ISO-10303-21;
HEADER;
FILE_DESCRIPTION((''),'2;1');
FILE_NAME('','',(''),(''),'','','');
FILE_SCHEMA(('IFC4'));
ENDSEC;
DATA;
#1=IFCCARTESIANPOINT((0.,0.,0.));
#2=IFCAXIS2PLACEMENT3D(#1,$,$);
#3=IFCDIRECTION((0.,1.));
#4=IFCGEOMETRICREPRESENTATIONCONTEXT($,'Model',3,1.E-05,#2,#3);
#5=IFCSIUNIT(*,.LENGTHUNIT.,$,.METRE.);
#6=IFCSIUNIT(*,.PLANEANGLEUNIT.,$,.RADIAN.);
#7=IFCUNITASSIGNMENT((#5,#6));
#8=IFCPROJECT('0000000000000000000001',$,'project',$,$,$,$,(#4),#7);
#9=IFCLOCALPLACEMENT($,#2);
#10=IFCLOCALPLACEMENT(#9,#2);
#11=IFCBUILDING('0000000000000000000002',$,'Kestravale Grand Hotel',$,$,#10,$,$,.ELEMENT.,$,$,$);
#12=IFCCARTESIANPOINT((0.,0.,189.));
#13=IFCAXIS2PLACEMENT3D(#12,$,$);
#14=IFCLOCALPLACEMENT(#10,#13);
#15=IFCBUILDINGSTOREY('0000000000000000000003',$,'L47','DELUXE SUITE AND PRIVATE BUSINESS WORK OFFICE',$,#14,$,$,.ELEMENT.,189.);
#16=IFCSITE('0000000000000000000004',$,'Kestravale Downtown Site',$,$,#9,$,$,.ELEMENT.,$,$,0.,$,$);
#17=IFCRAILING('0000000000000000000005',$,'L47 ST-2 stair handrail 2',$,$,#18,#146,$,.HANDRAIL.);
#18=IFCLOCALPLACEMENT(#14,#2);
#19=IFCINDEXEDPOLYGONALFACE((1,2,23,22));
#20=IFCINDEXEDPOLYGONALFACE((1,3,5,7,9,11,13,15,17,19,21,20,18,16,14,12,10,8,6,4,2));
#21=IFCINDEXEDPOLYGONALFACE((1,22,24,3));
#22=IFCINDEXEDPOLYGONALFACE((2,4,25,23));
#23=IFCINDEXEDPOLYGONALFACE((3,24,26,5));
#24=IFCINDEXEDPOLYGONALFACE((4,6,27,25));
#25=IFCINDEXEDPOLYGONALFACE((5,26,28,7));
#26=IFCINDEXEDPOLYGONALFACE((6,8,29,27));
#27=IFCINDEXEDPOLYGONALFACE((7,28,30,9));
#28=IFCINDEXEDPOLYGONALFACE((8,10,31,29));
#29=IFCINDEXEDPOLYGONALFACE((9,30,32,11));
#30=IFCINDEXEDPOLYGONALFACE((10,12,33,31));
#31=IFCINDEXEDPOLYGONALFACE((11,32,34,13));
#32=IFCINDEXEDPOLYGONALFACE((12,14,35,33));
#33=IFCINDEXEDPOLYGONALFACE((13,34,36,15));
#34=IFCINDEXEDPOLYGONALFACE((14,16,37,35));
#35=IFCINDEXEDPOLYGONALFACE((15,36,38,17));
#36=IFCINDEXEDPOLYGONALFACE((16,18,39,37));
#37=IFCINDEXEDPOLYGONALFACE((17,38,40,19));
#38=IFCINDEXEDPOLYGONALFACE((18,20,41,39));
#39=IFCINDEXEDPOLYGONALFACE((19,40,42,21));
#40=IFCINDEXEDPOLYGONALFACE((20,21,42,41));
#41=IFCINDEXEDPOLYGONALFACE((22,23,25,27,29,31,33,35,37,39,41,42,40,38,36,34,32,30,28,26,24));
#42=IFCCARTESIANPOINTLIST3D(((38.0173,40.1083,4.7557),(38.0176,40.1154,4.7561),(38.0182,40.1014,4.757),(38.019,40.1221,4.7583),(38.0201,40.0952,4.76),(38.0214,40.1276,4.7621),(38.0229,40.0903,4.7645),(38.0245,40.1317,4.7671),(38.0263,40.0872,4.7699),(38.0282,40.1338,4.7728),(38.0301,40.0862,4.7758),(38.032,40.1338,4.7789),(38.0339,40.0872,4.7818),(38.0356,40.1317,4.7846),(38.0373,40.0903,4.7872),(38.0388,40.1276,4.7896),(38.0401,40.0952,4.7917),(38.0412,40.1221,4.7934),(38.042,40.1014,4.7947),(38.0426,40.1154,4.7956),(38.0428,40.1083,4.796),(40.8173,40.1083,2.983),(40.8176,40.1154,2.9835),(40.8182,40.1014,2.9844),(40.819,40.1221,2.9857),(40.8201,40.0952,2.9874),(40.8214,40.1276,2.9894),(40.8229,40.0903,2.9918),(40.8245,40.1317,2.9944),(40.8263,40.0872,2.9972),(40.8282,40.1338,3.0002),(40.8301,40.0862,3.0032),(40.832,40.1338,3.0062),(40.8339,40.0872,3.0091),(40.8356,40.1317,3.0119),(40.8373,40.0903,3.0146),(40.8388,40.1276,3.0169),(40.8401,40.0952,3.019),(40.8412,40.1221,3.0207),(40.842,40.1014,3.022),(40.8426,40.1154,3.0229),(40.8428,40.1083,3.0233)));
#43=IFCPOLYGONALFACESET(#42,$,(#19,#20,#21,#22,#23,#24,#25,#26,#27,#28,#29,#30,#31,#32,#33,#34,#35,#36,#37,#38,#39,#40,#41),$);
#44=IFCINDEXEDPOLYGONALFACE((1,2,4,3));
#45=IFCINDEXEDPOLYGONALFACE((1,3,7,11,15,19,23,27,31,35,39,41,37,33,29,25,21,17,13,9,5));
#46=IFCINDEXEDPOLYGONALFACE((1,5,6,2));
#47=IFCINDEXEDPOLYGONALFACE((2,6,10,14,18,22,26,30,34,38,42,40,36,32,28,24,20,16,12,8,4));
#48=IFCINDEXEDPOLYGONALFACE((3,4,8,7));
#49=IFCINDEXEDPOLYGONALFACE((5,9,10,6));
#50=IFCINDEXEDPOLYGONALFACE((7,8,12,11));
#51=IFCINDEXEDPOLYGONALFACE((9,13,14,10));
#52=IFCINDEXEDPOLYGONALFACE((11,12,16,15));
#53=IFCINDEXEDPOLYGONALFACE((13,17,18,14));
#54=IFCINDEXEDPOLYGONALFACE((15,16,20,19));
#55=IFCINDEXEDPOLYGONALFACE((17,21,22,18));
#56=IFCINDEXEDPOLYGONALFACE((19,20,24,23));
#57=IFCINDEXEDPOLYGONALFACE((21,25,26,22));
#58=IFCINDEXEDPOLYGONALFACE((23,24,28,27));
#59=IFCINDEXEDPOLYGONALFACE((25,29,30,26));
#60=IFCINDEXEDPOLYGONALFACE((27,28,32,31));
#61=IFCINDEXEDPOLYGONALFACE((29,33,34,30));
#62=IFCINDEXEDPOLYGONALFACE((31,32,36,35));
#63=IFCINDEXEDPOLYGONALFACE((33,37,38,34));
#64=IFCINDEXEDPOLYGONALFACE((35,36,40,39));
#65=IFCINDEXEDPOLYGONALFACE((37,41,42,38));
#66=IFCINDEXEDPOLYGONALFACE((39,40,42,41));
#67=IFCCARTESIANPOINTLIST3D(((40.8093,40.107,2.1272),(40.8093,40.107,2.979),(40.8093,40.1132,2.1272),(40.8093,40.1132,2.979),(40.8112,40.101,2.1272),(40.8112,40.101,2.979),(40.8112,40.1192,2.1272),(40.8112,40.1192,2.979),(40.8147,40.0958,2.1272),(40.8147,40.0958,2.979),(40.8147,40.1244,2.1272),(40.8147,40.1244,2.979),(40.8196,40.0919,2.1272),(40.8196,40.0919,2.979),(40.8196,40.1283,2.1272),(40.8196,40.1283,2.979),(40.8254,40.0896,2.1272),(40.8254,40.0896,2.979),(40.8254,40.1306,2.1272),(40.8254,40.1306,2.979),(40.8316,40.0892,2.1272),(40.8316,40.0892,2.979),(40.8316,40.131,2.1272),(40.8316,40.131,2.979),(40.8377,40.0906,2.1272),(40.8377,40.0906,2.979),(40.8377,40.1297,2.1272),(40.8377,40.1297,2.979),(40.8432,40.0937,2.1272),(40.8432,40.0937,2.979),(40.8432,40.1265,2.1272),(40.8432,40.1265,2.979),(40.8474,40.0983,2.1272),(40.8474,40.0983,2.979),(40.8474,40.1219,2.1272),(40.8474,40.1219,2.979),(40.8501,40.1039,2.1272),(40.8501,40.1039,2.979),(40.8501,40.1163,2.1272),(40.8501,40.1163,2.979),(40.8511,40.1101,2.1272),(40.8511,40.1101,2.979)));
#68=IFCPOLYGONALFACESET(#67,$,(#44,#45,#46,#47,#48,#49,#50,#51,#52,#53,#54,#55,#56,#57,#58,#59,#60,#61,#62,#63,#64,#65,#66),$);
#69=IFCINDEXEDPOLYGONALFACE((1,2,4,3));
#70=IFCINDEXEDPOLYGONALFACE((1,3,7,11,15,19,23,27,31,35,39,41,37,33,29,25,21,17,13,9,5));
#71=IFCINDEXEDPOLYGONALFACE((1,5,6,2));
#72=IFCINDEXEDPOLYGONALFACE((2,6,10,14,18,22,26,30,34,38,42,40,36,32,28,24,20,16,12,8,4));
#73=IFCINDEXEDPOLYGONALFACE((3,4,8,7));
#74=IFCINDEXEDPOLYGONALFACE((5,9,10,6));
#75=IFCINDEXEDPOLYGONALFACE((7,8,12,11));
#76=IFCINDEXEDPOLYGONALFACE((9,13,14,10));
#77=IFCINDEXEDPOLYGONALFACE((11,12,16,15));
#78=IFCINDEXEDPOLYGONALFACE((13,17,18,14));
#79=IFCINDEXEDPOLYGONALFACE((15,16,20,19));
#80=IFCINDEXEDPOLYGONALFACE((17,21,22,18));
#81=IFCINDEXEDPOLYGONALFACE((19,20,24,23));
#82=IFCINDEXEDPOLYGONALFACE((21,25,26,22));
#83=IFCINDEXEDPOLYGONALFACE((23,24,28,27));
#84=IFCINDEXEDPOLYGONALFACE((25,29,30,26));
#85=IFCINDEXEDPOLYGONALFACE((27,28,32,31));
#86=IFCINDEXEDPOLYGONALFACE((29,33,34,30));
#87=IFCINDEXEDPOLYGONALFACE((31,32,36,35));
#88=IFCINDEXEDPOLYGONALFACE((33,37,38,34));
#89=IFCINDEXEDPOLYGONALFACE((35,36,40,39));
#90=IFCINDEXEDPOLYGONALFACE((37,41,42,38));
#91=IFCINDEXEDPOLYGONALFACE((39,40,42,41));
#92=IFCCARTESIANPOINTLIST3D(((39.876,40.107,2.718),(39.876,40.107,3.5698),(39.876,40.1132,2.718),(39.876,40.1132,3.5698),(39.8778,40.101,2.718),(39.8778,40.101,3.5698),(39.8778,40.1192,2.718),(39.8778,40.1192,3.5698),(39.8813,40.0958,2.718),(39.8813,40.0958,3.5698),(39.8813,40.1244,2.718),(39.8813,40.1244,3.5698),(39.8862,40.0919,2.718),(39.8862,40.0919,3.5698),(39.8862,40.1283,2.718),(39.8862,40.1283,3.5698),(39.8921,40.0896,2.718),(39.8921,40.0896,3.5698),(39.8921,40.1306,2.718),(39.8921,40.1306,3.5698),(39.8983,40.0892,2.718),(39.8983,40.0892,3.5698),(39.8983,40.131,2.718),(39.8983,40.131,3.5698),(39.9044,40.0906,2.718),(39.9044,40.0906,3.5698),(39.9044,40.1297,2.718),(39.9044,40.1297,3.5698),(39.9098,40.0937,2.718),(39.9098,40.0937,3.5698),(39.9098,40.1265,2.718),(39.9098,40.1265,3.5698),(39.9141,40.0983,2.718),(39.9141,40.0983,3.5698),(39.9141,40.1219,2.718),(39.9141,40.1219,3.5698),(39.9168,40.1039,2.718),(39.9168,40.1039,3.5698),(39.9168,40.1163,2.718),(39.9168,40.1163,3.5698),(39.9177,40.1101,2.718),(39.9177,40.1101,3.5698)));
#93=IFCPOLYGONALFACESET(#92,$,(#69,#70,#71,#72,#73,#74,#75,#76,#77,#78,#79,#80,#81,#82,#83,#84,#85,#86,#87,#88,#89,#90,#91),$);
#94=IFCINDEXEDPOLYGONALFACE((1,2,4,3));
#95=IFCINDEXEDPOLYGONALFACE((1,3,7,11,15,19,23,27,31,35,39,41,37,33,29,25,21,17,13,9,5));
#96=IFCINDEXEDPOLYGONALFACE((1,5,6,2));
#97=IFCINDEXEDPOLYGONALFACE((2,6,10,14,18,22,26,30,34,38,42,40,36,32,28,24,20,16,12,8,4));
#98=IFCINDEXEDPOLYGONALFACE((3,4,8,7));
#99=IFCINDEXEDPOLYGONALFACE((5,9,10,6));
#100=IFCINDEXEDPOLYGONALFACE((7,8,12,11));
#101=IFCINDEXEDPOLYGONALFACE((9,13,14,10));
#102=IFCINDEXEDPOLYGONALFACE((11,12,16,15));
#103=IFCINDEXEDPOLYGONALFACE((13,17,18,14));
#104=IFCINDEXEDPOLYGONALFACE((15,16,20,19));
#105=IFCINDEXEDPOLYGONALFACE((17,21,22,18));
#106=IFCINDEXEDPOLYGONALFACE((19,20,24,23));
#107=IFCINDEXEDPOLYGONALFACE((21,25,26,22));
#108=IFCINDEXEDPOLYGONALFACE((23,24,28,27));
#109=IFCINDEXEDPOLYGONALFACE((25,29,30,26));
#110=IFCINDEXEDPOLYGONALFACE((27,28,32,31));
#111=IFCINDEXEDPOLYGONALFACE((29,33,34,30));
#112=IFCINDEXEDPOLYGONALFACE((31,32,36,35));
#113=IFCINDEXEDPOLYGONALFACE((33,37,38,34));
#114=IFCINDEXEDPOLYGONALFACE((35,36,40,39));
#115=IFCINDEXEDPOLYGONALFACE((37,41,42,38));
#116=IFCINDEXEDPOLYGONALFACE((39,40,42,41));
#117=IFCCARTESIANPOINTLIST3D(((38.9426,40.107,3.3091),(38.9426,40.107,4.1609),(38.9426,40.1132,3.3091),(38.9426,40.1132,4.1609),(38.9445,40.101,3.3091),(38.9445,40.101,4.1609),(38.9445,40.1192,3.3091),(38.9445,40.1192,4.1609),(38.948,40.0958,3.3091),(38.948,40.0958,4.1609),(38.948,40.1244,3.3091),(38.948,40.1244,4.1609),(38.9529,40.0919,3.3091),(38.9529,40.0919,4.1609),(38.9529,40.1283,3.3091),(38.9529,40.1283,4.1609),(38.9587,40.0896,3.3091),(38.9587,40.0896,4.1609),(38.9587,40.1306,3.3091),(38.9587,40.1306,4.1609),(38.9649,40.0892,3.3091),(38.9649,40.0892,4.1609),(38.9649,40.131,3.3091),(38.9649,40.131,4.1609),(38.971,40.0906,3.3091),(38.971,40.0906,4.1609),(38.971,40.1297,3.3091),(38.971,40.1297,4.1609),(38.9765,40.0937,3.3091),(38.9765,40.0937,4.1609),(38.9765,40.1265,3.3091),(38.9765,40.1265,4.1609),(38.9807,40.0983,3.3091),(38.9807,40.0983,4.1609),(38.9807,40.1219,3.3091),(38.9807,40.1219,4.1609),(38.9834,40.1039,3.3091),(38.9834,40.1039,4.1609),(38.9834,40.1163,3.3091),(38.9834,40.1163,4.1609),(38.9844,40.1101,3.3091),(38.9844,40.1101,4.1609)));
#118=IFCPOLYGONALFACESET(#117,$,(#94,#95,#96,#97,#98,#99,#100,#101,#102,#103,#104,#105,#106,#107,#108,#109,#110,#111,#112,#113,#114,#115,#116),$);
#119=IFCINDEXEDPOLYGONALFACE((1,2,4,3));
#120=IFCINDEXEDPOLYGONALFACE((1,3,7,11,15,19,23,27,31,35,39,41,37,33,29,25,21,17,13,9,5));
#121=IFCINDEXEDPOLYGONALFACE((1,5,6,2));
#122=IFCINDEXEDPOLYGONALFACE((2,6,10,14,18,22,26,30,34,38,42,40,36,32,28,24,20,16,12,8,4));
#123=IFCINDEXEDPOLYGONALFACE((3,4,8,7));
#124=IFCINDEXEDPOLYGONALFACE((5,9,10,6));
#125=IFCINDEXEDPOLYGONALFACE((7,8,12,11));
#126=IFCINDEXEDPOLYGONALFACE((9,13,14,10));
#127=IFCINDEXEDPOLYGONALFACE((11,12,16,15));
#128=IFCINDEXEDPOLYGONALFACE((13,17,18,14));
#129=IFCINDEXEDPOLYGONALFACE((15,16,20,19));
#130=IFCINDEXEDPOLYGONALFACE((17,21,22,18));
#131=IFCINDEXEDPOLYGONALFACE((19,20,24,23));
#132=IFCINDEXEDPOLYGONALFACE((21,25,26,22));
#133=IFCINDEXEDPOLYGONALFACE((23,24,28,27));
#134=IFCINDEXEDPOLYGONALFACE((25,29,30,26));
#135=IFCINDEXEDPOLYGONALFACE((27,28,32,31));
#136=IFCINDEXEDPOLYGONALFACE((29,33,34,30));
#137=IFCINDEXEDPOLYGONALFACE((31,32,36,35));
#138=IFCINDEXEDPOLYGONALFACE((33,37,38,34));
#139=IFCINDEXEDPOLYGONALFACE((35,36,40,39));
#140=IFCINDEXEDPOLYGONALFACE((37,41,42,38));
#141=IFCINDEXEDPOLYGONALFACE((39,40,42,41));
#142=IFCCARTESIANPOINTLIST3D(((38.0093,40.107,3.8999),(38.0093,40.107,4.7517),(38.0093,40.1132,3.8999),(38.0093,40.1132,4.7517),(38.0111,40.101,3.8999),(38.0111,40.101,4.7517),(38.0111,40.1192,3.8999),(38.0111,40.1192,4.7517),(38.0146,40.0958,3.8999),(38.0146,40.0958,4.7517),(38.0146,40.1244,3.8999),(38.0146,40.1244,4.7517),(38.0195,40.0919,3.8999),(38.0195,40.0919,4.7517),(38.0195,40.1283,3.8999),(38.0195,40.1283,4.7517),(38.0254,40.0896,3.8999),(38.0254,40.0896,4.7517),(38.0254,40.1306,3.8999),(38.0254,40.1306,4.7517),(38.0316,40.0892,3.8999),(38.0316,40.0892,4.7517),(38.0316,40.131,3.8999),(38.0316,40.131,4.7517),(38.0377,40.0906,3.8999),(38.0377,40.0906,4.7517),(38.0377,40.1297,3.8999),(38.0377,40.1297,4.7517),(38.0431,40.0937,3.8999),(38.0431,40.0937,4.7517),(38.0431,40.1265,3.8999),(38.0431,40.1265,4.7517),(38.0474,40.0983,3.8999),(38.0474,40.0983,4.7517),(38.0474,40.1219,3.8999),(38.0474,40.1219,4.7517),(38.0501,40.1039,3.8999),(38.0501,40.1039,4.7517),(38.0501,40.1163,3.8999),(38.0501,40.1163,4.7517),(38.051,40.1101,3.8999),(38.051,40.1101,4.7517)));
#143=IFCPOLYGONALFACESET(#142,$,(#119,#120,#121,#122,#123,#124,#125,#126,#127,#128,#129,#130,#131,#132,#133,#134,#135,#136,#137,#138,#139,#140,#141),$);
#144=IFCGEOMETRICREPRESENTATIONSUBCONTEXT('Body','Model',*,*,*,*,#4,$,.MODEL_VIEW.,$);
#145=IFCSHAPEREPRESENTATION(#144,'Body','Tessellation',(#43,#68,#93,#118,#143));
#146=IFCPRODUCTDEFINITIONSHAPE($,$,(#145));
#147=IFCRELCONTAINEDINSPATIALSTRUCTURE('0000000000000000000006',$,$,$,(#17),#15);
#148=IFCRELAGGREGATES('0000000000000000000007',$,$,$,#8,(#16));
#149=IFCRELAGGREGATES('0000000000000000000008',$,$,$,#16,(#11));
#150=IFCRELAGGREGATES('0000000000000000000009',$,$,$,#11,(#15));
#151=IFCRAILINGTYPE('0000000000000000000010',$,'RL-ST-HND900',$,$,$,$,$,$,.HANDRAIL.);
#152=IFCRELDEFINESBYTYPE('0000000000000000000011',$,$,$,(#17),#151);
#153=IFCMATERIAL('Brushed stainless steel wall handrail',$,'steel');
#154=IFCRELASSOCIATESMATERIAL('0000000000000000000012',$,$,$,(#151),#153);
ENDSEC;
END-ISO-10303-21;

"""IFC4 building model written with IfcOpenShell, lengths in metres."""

from ifc_helpers import new_model, si_unit, direction, frame, origin, origin_2d, place, context, subcontext, project, spatial, circle, extrude, material, type_object, element, save


model = new_model("IFC4")

# Units and contexts
model_context = context("Model", 3, precision=1e-05, world=origin(), true_north=direction((0.0, 1.0)))
body_context = subcontext(model_context, "Body", "Model", "MODEL_VIEW")
ifc_project = project(units=[si_unit("LENGTHUNIT", "METRE"), si_unit("PLANEANGLEUNIT", "RADIAN")], contexts=[model_context])

# Site, building, storey
site_placement = place(None, origin())
site = spatial("IfcSite", under=ifc_project, at=site_placement, Name="Kestravale Downtown Site", CompositionType="ELEMENT", RefElevation=0.0)
building_placement = place(site_placement, origin())
building = spatial("IfcBuilding", under=site, at=building_placement, Name="Kestravale Grand Hotel", CompositionType="ELEMENT")
storey_placement = place(building_placement, frame((0.0, 0.0, 189.0)))
storey = spatial("IfcBuildingStorey", under=building, at=storey_placement, Name="L47", Description="DELUXE SUITE AND PRIVATE BUSINESS WORK OFFICE", CompositionType="ELEMENT", Elevation=189.0)

# Railing
ifc_material_1 = material(Name="Brushed stainless steel wall handrail", Category="steel")
railing_type_1 = type_object("IfcRailingType", Name="RL-ST-HND900", PredefinedType="HANDRAIL", material=ifc_material_1)
railing_1_placement = place(storey_placement, frame((40.8301, 40.1101, 2.1272)))
element("IfcRailing", 1, at=railing_1_placement, inside=storey, type_object=railing_type_1, Name="L47 ST-2 stair handrail 2", PredefinedType="HANDRAIL", context=body_context, shape_type="SweptSolid", body=[
    extrude(circle(Radius=0.0239, at=origin_2d()), frame((0.0, 0.0, 0.876), z_axis=(-0.844909, 0.0, 0.53491), x_axis=(0.0, -1.0, 0.0)), (0.0, 0.0, 1.0), 3.314),
    extrude(circle(Radius=0.021, at=origin_2d()), origin(), (0.0, 0.0, 1.0), 0.8518),
    extrude(circle(Radius=0.021, at=origin_2d()), frame((-0.9333, 0.0, 0.5908)), (0.0, 0.0, 1.0), 0.8518),
    extrude(circle(Radius=0.021, at=origin_2d()), frame((-1.8667, 0.0, 1.1819)), (0.0, 0.0, 1.0), 0.8518),
    extrude(circle(Radius=0.021, at=origin_2d()), frame((-2.8, 0.0, 1.7727)), (0.0, 0.0, 1.0), 0.8518),
])

save(model, "model.ifc")
